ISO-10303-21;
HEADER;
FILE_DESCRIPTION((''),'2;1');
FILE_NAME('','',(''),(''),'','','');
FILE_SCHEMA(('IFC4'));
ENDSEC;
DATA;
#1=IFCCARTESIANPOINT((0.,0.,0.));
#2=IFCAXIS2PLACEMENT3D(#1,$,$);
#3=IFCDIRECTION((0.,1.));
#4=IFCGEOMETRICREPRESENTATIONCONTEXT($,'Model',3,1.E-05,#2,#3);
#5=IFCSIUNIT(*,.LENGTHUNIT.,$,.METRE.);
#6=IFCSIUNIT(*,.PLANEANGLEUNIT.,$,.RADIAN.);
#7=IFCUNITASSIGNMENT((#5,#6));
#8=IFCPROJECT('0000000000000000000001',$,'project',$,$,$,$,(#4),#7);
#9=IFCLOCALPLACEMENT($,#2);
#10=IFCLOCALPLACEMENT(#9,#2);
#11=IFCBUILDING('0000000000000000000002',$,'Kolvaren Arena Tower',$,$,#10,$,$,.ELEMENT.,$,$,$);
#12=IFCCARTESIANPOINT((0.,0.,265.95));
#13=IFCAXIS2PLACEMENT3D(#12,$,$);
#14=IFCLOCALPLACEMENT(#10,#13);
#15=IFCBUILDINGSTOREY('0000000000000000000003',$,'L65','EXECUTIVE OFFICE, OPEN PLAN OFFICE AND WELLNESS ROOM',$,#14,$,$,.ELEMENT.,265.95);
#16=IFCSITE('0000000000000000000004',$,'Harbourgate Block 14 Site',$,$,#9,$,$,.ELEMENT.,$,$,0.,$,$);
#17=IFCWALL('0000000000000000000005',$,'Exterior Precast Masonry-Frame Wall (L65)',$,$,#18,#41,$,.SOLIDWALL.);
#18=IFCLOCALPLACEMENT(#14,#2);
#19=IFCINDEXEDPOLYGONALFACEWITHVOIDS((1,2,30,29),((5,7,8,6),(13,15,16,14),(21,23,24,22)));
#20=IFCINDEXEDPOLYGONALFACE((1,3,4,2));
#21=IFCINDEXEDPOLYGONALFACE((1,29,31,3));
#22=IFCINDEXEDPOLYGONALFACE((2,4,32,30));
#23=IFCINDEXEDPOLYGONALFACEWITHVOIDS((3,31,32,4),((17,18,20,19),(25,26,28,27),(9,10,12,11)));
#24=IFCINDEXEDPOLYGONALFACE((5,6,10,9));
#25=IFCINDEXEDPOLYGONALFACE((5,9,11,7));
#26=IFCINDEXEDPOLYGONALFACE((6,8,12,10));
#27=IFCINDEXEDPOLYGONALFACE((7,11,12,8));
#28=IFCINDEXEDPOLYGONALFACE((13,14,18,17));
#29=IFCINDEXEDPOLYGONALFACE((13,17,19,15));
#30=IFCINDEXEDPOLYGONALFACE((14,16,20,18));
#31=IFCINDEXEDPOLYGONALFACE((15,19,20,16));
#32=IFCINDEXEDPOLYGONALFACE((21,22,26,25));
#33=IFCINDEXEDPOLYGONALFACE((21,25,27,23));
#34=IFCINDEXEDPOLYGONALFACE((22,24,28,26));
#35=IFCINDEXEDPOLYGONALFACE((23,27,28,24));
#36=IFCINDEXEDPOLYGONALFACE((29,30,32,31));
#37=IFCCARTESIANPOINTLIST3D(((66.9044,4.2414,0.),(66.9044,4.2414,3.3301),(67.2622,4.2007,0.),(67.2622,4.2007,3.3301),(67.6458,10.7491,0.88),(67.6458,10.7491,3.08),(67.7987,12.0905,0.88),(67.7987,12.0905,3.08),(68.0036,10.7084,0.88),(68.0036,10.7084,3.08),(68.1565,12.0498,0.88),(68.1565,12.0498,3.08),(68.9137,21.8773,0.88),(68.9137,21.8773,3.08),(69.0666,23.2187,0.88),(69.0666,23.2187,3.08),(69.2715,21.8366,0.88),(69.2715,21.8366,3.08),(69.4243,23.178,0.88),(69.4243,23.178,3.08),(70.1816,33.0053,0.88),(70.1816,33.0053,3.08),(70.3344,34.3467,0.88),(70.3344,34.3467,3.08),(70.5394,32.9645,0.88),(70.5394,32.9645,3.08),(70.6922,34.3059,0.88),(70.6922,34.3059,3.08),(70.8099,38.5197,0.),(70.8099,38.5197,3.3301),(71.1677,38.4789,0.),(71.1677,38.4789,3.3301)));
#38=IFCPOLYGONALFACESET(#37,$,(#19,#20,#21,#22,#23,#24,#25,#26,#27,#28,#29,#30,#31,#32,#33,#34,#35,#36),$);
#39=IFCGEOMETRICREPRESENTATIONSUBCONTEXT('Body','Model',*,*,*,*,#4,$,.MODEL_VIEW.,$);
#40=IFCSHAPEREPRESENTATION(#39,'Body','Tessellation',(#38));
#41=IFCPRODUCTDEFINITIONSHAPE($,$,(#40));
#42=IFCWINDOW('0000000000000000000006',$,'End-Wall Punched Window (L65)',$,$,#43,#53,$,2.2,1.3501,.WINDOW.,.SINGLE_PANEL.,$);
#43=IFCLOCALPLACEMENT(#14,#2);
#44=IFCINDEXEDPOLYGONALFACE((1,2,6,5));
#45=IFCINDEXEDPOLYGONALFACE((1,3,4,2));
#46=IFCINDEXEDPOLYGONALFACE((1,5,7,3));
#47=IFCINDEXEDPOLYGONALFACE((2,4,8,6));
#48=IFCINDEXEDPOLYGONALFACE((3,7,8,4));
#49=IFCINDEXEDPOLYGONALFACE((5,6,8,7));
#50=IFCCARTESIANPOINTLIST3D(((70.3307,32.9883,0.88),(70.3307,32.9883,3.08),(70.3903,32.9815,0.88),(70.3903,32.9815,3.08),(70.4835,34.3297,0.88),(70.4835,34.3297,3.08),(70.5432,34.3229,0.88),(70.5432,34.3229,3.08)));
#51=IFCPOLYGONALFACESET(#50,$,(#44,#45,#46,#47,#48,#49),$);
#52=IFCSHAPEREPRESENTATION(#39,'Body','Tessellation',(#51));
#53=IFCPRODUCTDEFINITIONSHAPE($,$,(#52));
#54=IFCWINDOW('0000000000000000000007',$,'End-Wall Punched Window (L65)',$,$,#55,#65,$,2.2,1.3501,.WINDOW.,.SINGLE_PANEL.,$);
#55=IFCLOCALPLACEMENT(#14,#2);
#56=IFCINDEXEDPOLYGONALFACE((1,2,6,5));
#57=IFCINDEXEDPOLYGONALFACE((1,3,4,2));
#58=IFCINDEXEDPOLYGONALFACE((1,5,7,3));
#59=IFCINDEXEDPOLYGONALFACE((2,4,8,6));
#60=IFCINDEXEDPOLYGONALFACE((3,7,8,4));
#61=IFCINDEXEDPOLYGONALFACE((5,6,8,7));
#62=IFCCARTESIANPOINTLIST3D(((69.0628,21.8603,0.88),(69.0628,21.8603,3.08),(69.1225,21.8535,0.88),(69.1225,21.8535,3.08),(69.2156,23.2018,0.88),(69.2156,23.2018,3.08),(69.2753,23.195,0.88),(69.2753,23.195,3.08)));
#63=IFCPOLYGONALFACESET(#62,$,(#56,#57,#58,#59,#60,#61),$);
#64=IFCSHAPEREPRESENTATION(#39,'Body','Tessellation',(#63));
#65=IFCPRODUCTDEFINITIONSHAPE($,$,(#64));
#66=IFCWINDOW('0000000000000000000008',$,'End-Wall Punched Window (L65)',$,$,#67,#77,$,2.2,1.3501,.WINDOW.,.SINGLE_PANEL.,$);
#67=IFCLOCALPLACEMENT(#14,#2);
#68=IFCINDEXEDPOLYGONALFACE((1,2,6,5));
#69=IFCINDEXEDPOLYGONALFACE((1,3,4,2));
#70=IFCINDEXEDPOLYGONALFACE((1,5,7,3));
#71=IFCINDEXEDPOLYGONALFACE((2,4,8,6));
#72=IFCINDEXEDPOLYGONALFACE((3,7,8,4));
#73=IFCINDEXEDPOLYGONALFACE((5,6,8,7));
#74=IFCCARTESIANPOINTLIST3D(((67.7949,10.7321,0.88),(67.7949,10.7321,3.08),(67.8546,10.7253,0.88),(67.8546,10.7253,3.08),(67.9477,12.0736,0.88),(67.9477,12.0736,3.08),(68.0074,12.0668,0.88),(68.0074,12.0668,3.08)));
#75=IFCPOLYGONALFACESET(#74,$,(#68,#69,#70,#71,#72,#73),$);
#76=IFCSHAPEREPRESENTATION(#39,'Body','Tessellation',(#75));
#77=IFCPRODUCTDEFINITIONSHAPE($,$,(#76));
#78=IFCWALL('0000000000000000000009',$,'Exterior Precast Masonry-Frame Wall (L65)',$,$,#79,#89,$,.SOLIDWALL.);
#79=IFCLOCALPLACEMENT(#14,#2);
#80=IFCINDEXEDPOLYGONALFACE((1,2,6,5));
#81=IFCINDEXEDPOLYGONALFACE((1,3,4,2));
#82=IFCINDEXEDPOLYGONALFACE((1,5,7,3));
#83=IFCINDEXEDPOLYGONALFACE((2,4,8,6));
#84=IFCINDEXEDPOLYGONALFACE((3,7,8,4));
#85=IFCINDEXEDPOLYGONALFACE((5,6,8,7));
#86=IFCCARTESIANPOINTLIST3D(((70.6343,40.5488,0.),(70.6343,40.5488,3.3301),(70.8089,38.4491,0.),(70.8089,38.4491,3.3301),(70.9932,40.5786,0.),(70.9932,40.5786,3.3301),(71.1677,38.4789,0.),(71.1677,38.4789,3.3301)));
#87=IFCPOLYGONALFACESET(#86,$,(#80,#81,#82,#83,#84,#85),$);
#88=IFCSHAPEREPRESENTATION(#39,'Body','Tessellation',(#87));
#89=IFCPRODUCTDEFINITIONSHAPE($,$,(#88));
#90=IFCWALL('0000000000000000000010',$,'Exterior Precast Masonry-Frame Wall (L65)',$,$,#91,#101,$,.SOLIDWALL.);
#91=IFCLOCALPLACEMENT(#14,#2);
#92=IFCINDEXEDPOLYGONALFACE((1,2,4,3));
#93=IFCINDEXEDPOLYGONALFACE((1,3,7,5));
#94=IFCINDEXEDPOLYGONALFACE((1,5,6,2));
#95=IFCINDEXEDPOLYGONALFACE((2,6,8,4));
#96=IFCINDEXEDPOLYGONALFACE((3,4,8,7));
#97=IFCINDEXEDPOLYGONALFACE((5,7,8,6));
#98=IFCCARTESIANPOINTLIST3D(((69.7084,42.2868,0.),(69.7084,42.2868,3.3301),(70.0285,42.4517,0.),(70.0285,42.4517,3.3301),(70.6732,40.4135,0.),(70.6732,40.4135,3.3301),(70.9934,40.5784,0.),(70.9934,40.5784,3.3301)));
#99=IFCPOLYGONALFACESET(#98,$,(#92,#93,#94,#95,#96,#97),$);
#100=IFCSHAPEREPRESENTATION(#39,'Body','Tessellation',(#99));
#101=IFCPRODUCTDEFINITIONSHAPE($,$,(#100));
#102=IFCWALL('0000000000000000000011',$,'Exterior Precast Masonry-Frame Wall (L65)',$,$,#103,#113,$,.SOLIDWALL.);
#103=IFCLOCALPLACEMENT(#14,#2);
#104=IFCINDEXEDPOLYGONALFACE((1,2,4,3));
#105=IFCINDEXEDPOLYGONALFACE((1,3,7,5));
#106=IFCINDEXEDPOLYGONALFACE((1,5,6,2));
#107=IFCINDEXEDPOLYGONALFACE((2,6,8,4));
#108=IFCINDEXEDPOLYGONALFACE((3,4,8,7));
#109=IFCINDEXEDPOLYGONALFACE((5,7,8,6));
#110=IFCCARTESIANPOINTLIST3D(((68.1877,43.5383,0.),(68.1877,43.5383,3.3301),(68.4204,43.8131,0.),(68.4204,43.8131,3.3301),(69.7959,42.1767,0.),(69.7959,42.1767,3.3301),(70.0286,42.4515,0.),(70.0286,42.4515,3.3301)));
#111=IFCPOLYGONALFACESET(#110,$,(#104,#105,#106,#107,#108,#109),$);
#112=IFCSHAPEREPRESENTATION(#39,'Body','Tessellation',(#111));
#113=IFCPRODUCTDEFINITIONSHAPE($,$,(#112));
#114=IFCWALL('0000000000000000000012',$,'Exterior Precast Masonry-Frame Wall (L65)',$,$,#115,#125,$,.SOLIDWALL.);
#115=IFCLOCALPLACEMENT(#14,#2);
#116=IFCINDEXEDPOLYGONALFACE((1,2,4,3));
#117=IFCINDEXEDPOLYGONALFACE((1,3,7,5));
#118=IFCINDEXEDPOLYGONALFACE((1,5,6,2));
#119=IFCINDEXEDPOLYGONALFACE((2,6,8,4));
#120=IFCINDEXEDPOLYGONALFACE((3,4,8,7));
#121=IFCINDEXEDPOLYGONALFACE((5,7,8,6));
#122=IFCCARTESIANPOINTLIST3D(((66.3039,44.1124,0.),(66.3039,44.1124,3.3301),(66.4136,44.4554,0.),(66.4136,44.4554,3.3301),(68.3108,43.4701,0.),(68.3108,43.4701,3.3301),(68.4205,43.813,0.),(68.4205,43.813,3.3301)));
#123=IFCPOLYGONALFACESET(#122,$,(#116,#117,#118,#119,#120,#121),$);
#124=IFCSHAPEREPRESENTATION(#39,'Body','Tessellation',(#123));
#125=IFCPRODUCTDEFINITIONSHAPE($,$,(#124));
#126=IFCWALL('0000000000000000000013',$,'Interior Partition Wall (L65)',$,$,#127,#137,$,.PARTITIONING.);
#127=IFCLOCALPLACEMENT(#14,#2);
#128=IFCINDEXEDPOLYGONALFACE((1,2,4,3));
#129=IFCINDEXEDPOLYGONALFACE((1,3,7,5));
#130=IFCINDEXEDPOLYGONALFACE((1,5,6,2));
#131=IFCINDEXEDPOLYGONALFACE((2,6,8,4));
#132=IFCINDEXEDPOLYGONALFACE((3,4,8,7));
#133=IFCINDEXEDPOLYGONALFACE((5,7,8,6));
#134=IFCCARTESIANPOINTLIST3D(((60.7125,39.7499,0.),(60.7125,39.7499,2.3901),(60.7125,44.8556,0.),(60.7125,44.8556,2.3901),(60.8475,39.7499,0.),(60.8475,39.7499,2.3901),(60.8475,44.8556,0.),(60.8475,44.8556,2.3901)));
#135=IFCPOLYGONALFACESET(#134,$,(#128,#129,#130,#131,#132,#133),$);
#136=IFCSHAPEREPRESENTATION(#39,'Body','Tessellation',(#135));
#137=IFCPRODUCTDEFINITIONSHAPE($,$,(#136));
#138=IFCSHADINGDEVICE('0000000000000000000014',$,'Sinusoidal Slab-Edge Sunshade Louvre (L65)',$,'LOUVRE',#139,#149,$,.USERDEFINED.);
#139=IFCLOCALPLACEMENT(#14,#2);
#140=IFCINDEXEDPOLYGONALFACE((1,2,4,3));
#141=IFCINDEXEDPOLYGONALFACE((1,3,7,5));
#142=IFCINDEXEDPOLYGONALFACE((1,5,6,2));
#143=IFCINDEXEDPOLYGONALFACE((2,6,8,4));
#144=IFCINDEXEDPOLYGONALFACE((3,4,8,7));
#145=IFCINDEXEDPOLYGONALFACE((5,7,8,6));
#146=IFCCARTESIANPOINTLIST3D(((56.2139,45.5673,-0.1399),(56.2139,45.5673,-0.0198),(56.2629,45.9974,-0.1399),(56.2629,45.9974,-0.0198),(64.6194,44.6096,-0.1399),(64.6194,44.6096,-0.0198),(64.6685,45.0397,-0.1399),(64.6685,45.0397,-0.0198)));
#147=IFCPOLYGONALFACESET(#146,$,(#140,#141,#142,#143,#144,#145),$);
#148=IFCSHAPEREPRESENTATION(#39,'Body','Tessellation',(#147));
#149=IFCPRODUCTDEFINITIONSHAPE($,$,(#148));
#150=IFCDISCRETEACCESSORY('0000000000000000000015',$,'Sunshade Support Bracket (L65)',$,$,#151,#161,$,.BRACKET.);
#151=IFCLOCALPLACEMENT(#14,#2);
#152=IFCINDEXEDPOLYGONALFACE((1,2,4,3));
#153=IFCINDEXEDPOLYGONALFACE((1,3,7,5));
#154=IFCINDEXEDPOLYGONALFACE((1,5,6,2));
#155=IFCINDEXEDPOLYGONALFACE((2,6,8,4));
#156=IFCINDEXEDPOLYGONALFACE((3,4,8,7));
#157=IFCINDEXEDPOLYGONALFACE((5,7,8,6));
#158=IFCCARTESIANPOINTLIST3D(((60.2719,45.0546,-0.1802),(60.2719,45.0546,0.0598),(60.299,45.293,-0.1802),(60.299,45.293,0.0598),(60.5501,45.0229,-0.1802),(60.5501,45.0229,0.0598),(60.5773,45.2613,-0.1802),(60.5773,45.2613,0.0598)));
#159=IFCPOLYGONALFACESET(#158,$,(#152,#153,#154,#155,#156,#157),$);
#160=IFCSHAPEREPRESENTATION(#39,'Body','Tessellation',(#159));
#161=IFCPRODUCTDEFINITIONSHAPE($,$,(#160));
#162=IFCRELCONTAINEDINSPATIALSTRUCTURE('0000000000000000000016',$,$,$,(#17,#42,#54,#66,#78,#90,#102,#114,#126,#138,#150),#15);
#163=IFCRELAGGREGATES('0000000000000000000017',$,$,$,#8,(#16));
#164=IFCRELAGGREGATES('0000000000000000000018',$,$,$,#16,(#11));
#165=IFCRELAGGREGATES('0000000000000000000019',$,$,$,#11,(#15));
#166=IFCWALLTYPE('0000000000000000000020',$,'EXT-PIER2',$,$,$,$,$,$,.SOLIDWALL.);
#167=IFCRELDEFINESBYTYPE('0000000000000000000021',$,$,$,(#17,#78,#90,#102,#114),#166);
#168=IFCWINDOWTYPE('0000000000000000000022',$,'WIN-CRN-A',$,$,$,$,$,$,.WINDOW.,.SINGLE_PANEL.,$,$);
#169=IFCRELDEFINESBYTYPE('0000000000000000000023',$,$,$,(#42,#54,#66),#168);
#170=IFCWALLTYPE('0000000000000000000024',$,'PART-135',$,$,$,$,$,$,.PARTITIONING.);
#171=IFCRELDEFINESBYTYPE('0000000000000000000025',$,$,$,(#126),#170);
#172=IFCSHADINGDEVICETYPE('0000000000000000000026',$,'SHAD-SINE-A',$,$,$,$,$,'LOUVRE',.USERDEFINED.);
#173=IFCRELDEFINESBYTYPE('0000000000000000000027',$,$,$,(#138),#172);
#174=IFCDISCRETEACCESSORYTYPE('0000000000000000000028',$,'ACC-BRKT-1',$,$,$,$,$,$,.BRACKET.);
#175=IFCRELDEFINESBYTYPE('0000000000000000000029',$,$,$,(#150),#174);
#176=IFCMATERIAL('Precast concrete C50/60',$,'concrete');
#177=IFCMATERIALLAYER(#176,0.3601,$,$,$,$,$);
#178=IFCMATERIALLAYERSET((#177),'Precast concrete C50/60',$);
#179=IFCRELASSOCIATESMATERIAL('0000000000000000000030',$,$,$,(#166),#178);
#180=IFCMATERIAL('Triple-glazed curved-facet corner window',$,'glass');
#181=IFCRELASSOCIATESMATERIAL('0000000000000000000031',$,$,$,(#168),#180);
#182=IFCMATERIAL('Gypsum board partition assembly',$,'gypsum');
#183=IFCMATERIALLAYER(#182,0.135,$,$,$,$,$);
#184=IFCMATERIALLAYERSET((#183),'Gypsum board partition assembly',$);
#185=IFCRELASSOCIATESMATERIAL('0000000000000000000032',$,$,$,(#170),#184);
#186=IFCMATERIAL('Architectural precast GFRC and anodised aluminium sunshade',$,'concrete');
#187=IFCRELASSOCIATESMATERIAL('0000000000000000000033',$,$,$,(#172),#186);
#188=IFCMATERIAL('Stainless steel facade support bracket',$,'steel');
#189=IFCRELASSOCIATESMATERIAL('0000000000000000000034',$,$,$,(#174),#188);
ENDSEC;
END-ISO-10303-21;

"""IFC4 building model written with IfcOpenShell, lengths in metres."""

from ifc_helpers import new_model, si_unit, direction, frame, frame_2d, origin, origin_2d, place, context, subcontext, project, spatial, rectangle, extrude, material, layer, layer_set, type_object, element, fill, save


model = new_model("IFC4")

# Units and contexts
model_context = context("Model", 3, precision=1e-05, world=origin(), true_north=direction((0.0, 1.0)))
body_context = subcontext(model_context, "Body", "Model", "MODEL_VIEW")
ifc_project = project(units=[si_unit("LENGTHUNIT", "METRE"), si_unit("PLANEANGLEUNIT", "RADIAN")], contexts=[model_context])

# Site, building, storey
site_placement = place(None, origin())
site = spatial("IfcSite", under=ifc_project, at=site_placement, Name="Harbourgate Block 14 Site", CompositionType="ELEMENT", RefElevation=0.0)
building_placement = place(site_placement, origin())
building = spatial("IfcBuilding", under=site, at=building_placement, Name="Kolvaren Arena Tower", CompositionType="ELEMENT")
storey_placement = place(building_placement, frame((0.0, 0.0, 265.95)))
storey = spatial("IfcBuildingStorey", under=building, at=storey_placement, Name="L65", Description="EXECUTIVE OFFICE, OPEN PLAN OFFICE AND WELLNESS ROOM", CompositionType="ELEMENT", Elevation=265.95)

# Wall, openings, windows
ifc_material_1 = material(Name="Precast concrete C50/60", Category="concrete")
ifc_layer_1 = layer(ifc_material_1, 0.3601)
ifc_layer_set_1 = layer_set([ifc_layer_1], Name="Precast concrete C50/60")
wall_type_1 = type_object("IfcWallType", Name="EXT-PIER2", PredefinedType="SOLIDWALL", material=ifc_layer_set_1)
wall_1_placement = place(storey_placement, frame((70.9888, 38.4993, 0.0), z_axis=(0.0, 0.0, 1.0), x_axis=(-0.113203, -0.993572, 0.0)))
wall_1 = element("IfcWall", 1, at=wall_1_placement, inside=storey, type_object=wall_type_1, Name="Exterior Precast Masonry-Frame Wall (L65)", PredefinedType="SOLIDWALL", context=body_context, shape_type="SweptSolid", body=[
    extrude(rectangle(XDim=34.5, YDim=0.3601, at=frame_2d((17.25, 0.0))), origin(), (0.0, 0.0, 1.0), 3.3301),
])
opening_1_placement = place(wall_1_placement, frame((4.2, 0.0, 0.8799)))
opening_1 = element("IfcOpeningElement", 2, at=opening_1_placement, cuts=wall_1, PredefinedType="OPENING", context=body_context, shape_type="SweptSolid", body=[
    extrude(rectangle(XDim=1.3501, YDim=2.2, at=frame_2d((0.675, 1.1001))), frame((0.0, 0.1899, 0.0), z_axis=(0.0, -1.0, 0.0), x_axis=(1.0, 0.0, 0.0)), (0.0, 0.0, 1.0), 0.3801),
])
opening_2_placement = place(wall_1_placement, frame((15.3999, 0.0, 0.8799)))
opening_2 = element("IfcOpeningElement", 3, at=opening_2_placement, cuts=wall_1, PredefinedType="OPENING", context=body_context, shape_type="SweptSolid", body=[
    extrude(rectangle(XDim=1.3501, YDim=2.2, at=frame_2d((0.675, 1.1001))), frame((0.0, 0.1899, 0.0), z_axis=(0.0, -1.0, 0.0), x_axis=(1.0, 0.0, 0.0)), (0.0, 0.0, 1.0), 0.3801),
])
opening_3_placement = place(wall_1_placement, frame((26.6001, 0.0, 0.8799)))
opening_3 = element("IfcOpeningElement", 4, at=opening_3_placement, cuts=wall_1, PredefinedType="OPENING", context=body_context, shape_type="SweptSolid", body=[
    extrude(rectangle(XDim=1.3501, YDim=2.2, at=frame_2d((0.675, 1.1001))), frame((0.0, 0.1899, 0.0), z_axis=(0.0, -1.0, 0.0), x_axis=(1.0, 0.0, 0.0)), (0.0, 0.0, 1.0), 0.3801),
])
ifc_material_2 = material(Name="Triple-glazed curved-facet corner window", Category="glass")
window_type = type_object("IfcWindowType", Name="WIN-CRN-A", PartitioningType="SINGLE_PANEL", PredefinedType="WINDOW", material=ifc_material_2)
window_1_placement = place(opening_1_placement, origin())
window_1 = element("IfcWindow", 5, at=window_1_placement, inside=storey, type_object=window_type, Name="End-Wall Punched Window (L65)", OverallHeight=2.2, OverallWidth=1.3501, PartitioningType="SINGLE_PANEL", PredefinedType="WINDOW", context=body_context, shape_type="SweptSolid", body=[
    extrude(rectangle(XDim=1.3501, YDim=2.2, at=frame_2d((0.675, 1.1001))), frame((0.0, 0.03, 0.0), z_axis=(0.0, -1.0, 0.0), x_axis=(1.0, 0.0, 0.0)), (0.0, 0.0, 1.0), 0.0601),
])
fill(opening_1, window_1)
window_2_placement = place(opening_2_placement, origin())
window_2 = element("IfcWindow", 6, at=window_2_placement, inside=storey, type_object=window_type, Name="End-Wall Punched Window (L65)", OverallHeight=2.2, OverallWidth=1.3501, PartitioningType="SINGLE_PANEL", PredefinedType="WINDOW", context=body_context, shape_type="SweptSolid", body=[
    extrude(rectangle(XDim=1.3501, YDim=2.2, at=frame_2d((0.675, 1.1001))), frame((0.0, 0.03, 0.0), z_axis=(0.0, -1.0, 0.0), x_axis=(1.0, 0.0, 0.0)), (0.0, 0.0, 1.0), 0.0601),
])
fill(opening_2, window_2)
window_3_placement = place(opening_3_placement, origin())
window_3 = element("IfcWindow", 7, at=window_3_placement, inside=storey, type_object=window_type, Name="End-Wall Punched Window (L65)", OverallHeight=2.2, OverallWidth=1.3501, PartitioningType="SINGLE_PANEL", PredefinedType="WINDOW", context=body_context, shape_type="SweptSolid", body=[
    extrude(rectangle(XDim=1.3501, YDim=2.2, at=frame_2d((0.675, 1.1001))), frame((0.0, 0.03, 0.0), z_axis=(0.0, -1.0, 0.0), x_axis=(1.0, 0.0, 0.0)), (0.0, 0.0, 1.0), 0.0601),
])
fill(opening_3, window_3)

# Walls
wall_2_placement = place(storey_placement, frame((70.8137, 40.5637, 0.0), z_axis=(0.0, 0.0, 1.0), x_axis=(0.082854, -0.996562, 0.0)))
element("IfcWall", 8, at=wall_2_placement, inside=storey, type_object=wall_type_1, Name="Exterior Precast Masonry-Frame Wall (L65)", PredefinedType="SOLIDWALL", context=body_context, shape_type="SweptSolid", body=[
    extrude(rectangle(XDim=2.1069, YDim=0.3601, at=frame_2d((1.0535, 0.0))), origin(), (0.0, 0.0, 1.0), 3.3301),
])
for number, where, z_axis, x_axis, name in (
    (9, (69.8684, 42.3694, 0.0), (0.0, 0.0, 1.0), (0.457887, -0.88901, 0.0), "Exterior Precast Masonry-Frame Wall (L65)"),
    (10, (68.304, 43.6758, 0.0), (0.0, 0.0, 1.0), (0.763193, -0.646171, 0.0), "Exterior Precast Masonry-Frame Wall (L65)"),
    (11, (66.3586, 44.2839, 0.0), (0.0, 0.0, 1.0), (0.952404, -0.304839, 0.0), "Exterior Precast Masonry-Frame Wall (L65)"),
):
    element("IfcWall", number, at=place(storey_placement, frame(where, z_axis=z_axis, x_axis=x_axis)), inside=storey, type_object=wall_type_1, Name=name, PredefinedType="SOLIDWALL", context=body_context, shape_type="SweptSolid", body=[
        extrude(rectangle(XDim=2.1072, YDim=0.3601, at=frame_2d((1.0537, 0.0))), origin(), (0.0, 0.0, 1.0), 3.3301),
    ])
ifc_material_3 = material(Name="Gypsum board partition assembly", Category="gypsum")
ifc_layer_2 = layer(ifc_material_3, 0.135)
ifc_layer_set_2 = layer_set([ifc_layer_2], Name="Gypsum board partition assembly")
wall_type_2 = type_object("IfcWallType", Name="PART-135", PredefinedType="PARTITIONING", material=ifc_layer_set_2)
wall_3_placement = place(storey_placement, frame((60.78, 39.75, 0.0), z_axis=(0.0, 0.0, 1.0), x_axis=(0.0, 1.0, 0.0)))
element("IfcWall", 12, at=wall_3_placement, inside=storey, type_object=wall_type_2, Name="Interior Partition Wall (L65)", PredefinedType="PARTITIONING", context=body_context, shape_type="SweptSolid", body=[
    extrude(rectangle(XDim=5.1057, YDim=0.135, at=frame_2d((2.5527, 0.0))), origin(), (0.0, 0.0, 1.0), 2.3901),
])

# Shading device
ifc_material_4 = material(Name="Architectural precast GFRC and anodised aluminium sunshade", Category="concrete")
shading_device_type = type_object("IfcShadingDeviceType", Name="SHAD-SINE-A", ElementType="LOUVRE", PredefinedType="USERDEFINED", material=ifc_material_4)
shading_device_placement = place(storey_placement, frame((60.4412, 45.3035, -0.1399), z_axis=(0.0, 0.0, 1.0), x_axis=(0.993572, -0.113205, 0.0)))
element("IfcShadingDevice", 13, at=shading_device_placement, inside=storey, type_object=shading_device_type, Name="Sinusoidal Slab-Edge Sunshade Louvre (L65)", ObjectType="LOUVRE", PredefinedType="USERDEFINED", context=body_context, shape_type="SweptSolid", body=[
    extrude(rectangle(XDim=8.46, YDim=0.4329, at=origin_2d()), origin(), (0.0, 0.0, 1.0), 0.1201),
])

# Discrete accessory
ifc_material_5 = material(Name="Stainless steel facade support bracket", Category="steel")
discrete_accessory_type = type_object("IfcDiscreteAccessoryType", Name="ACC-BRKT-1", PredefinedType="BRACKET", material=ifc_material_5)
discrete_accessory_placement = place(storey_placement, frame((60.4246, 45.158, -0.1802), z_axis=(0.0, 0.0, 1.0), x_axis=(0.993572, -0.113205, 0.0)))
element("IfcDiscreteAccessory", 14, at=discrete_accessory_placement, inside=storey, type_object=discrete_accessory_type, Name="Sunshade Support Bracket (L65)", PredefinedType="BRACKET", context=body_context, shape_type="SweptSolid", body=[
    extrude(rectangle(XDim=0.28, YDim=0.24, at=origin_2d()), origin(), (0.0, 0.0, 1.0), 0.24),
])

save(model, "model.ifc")
